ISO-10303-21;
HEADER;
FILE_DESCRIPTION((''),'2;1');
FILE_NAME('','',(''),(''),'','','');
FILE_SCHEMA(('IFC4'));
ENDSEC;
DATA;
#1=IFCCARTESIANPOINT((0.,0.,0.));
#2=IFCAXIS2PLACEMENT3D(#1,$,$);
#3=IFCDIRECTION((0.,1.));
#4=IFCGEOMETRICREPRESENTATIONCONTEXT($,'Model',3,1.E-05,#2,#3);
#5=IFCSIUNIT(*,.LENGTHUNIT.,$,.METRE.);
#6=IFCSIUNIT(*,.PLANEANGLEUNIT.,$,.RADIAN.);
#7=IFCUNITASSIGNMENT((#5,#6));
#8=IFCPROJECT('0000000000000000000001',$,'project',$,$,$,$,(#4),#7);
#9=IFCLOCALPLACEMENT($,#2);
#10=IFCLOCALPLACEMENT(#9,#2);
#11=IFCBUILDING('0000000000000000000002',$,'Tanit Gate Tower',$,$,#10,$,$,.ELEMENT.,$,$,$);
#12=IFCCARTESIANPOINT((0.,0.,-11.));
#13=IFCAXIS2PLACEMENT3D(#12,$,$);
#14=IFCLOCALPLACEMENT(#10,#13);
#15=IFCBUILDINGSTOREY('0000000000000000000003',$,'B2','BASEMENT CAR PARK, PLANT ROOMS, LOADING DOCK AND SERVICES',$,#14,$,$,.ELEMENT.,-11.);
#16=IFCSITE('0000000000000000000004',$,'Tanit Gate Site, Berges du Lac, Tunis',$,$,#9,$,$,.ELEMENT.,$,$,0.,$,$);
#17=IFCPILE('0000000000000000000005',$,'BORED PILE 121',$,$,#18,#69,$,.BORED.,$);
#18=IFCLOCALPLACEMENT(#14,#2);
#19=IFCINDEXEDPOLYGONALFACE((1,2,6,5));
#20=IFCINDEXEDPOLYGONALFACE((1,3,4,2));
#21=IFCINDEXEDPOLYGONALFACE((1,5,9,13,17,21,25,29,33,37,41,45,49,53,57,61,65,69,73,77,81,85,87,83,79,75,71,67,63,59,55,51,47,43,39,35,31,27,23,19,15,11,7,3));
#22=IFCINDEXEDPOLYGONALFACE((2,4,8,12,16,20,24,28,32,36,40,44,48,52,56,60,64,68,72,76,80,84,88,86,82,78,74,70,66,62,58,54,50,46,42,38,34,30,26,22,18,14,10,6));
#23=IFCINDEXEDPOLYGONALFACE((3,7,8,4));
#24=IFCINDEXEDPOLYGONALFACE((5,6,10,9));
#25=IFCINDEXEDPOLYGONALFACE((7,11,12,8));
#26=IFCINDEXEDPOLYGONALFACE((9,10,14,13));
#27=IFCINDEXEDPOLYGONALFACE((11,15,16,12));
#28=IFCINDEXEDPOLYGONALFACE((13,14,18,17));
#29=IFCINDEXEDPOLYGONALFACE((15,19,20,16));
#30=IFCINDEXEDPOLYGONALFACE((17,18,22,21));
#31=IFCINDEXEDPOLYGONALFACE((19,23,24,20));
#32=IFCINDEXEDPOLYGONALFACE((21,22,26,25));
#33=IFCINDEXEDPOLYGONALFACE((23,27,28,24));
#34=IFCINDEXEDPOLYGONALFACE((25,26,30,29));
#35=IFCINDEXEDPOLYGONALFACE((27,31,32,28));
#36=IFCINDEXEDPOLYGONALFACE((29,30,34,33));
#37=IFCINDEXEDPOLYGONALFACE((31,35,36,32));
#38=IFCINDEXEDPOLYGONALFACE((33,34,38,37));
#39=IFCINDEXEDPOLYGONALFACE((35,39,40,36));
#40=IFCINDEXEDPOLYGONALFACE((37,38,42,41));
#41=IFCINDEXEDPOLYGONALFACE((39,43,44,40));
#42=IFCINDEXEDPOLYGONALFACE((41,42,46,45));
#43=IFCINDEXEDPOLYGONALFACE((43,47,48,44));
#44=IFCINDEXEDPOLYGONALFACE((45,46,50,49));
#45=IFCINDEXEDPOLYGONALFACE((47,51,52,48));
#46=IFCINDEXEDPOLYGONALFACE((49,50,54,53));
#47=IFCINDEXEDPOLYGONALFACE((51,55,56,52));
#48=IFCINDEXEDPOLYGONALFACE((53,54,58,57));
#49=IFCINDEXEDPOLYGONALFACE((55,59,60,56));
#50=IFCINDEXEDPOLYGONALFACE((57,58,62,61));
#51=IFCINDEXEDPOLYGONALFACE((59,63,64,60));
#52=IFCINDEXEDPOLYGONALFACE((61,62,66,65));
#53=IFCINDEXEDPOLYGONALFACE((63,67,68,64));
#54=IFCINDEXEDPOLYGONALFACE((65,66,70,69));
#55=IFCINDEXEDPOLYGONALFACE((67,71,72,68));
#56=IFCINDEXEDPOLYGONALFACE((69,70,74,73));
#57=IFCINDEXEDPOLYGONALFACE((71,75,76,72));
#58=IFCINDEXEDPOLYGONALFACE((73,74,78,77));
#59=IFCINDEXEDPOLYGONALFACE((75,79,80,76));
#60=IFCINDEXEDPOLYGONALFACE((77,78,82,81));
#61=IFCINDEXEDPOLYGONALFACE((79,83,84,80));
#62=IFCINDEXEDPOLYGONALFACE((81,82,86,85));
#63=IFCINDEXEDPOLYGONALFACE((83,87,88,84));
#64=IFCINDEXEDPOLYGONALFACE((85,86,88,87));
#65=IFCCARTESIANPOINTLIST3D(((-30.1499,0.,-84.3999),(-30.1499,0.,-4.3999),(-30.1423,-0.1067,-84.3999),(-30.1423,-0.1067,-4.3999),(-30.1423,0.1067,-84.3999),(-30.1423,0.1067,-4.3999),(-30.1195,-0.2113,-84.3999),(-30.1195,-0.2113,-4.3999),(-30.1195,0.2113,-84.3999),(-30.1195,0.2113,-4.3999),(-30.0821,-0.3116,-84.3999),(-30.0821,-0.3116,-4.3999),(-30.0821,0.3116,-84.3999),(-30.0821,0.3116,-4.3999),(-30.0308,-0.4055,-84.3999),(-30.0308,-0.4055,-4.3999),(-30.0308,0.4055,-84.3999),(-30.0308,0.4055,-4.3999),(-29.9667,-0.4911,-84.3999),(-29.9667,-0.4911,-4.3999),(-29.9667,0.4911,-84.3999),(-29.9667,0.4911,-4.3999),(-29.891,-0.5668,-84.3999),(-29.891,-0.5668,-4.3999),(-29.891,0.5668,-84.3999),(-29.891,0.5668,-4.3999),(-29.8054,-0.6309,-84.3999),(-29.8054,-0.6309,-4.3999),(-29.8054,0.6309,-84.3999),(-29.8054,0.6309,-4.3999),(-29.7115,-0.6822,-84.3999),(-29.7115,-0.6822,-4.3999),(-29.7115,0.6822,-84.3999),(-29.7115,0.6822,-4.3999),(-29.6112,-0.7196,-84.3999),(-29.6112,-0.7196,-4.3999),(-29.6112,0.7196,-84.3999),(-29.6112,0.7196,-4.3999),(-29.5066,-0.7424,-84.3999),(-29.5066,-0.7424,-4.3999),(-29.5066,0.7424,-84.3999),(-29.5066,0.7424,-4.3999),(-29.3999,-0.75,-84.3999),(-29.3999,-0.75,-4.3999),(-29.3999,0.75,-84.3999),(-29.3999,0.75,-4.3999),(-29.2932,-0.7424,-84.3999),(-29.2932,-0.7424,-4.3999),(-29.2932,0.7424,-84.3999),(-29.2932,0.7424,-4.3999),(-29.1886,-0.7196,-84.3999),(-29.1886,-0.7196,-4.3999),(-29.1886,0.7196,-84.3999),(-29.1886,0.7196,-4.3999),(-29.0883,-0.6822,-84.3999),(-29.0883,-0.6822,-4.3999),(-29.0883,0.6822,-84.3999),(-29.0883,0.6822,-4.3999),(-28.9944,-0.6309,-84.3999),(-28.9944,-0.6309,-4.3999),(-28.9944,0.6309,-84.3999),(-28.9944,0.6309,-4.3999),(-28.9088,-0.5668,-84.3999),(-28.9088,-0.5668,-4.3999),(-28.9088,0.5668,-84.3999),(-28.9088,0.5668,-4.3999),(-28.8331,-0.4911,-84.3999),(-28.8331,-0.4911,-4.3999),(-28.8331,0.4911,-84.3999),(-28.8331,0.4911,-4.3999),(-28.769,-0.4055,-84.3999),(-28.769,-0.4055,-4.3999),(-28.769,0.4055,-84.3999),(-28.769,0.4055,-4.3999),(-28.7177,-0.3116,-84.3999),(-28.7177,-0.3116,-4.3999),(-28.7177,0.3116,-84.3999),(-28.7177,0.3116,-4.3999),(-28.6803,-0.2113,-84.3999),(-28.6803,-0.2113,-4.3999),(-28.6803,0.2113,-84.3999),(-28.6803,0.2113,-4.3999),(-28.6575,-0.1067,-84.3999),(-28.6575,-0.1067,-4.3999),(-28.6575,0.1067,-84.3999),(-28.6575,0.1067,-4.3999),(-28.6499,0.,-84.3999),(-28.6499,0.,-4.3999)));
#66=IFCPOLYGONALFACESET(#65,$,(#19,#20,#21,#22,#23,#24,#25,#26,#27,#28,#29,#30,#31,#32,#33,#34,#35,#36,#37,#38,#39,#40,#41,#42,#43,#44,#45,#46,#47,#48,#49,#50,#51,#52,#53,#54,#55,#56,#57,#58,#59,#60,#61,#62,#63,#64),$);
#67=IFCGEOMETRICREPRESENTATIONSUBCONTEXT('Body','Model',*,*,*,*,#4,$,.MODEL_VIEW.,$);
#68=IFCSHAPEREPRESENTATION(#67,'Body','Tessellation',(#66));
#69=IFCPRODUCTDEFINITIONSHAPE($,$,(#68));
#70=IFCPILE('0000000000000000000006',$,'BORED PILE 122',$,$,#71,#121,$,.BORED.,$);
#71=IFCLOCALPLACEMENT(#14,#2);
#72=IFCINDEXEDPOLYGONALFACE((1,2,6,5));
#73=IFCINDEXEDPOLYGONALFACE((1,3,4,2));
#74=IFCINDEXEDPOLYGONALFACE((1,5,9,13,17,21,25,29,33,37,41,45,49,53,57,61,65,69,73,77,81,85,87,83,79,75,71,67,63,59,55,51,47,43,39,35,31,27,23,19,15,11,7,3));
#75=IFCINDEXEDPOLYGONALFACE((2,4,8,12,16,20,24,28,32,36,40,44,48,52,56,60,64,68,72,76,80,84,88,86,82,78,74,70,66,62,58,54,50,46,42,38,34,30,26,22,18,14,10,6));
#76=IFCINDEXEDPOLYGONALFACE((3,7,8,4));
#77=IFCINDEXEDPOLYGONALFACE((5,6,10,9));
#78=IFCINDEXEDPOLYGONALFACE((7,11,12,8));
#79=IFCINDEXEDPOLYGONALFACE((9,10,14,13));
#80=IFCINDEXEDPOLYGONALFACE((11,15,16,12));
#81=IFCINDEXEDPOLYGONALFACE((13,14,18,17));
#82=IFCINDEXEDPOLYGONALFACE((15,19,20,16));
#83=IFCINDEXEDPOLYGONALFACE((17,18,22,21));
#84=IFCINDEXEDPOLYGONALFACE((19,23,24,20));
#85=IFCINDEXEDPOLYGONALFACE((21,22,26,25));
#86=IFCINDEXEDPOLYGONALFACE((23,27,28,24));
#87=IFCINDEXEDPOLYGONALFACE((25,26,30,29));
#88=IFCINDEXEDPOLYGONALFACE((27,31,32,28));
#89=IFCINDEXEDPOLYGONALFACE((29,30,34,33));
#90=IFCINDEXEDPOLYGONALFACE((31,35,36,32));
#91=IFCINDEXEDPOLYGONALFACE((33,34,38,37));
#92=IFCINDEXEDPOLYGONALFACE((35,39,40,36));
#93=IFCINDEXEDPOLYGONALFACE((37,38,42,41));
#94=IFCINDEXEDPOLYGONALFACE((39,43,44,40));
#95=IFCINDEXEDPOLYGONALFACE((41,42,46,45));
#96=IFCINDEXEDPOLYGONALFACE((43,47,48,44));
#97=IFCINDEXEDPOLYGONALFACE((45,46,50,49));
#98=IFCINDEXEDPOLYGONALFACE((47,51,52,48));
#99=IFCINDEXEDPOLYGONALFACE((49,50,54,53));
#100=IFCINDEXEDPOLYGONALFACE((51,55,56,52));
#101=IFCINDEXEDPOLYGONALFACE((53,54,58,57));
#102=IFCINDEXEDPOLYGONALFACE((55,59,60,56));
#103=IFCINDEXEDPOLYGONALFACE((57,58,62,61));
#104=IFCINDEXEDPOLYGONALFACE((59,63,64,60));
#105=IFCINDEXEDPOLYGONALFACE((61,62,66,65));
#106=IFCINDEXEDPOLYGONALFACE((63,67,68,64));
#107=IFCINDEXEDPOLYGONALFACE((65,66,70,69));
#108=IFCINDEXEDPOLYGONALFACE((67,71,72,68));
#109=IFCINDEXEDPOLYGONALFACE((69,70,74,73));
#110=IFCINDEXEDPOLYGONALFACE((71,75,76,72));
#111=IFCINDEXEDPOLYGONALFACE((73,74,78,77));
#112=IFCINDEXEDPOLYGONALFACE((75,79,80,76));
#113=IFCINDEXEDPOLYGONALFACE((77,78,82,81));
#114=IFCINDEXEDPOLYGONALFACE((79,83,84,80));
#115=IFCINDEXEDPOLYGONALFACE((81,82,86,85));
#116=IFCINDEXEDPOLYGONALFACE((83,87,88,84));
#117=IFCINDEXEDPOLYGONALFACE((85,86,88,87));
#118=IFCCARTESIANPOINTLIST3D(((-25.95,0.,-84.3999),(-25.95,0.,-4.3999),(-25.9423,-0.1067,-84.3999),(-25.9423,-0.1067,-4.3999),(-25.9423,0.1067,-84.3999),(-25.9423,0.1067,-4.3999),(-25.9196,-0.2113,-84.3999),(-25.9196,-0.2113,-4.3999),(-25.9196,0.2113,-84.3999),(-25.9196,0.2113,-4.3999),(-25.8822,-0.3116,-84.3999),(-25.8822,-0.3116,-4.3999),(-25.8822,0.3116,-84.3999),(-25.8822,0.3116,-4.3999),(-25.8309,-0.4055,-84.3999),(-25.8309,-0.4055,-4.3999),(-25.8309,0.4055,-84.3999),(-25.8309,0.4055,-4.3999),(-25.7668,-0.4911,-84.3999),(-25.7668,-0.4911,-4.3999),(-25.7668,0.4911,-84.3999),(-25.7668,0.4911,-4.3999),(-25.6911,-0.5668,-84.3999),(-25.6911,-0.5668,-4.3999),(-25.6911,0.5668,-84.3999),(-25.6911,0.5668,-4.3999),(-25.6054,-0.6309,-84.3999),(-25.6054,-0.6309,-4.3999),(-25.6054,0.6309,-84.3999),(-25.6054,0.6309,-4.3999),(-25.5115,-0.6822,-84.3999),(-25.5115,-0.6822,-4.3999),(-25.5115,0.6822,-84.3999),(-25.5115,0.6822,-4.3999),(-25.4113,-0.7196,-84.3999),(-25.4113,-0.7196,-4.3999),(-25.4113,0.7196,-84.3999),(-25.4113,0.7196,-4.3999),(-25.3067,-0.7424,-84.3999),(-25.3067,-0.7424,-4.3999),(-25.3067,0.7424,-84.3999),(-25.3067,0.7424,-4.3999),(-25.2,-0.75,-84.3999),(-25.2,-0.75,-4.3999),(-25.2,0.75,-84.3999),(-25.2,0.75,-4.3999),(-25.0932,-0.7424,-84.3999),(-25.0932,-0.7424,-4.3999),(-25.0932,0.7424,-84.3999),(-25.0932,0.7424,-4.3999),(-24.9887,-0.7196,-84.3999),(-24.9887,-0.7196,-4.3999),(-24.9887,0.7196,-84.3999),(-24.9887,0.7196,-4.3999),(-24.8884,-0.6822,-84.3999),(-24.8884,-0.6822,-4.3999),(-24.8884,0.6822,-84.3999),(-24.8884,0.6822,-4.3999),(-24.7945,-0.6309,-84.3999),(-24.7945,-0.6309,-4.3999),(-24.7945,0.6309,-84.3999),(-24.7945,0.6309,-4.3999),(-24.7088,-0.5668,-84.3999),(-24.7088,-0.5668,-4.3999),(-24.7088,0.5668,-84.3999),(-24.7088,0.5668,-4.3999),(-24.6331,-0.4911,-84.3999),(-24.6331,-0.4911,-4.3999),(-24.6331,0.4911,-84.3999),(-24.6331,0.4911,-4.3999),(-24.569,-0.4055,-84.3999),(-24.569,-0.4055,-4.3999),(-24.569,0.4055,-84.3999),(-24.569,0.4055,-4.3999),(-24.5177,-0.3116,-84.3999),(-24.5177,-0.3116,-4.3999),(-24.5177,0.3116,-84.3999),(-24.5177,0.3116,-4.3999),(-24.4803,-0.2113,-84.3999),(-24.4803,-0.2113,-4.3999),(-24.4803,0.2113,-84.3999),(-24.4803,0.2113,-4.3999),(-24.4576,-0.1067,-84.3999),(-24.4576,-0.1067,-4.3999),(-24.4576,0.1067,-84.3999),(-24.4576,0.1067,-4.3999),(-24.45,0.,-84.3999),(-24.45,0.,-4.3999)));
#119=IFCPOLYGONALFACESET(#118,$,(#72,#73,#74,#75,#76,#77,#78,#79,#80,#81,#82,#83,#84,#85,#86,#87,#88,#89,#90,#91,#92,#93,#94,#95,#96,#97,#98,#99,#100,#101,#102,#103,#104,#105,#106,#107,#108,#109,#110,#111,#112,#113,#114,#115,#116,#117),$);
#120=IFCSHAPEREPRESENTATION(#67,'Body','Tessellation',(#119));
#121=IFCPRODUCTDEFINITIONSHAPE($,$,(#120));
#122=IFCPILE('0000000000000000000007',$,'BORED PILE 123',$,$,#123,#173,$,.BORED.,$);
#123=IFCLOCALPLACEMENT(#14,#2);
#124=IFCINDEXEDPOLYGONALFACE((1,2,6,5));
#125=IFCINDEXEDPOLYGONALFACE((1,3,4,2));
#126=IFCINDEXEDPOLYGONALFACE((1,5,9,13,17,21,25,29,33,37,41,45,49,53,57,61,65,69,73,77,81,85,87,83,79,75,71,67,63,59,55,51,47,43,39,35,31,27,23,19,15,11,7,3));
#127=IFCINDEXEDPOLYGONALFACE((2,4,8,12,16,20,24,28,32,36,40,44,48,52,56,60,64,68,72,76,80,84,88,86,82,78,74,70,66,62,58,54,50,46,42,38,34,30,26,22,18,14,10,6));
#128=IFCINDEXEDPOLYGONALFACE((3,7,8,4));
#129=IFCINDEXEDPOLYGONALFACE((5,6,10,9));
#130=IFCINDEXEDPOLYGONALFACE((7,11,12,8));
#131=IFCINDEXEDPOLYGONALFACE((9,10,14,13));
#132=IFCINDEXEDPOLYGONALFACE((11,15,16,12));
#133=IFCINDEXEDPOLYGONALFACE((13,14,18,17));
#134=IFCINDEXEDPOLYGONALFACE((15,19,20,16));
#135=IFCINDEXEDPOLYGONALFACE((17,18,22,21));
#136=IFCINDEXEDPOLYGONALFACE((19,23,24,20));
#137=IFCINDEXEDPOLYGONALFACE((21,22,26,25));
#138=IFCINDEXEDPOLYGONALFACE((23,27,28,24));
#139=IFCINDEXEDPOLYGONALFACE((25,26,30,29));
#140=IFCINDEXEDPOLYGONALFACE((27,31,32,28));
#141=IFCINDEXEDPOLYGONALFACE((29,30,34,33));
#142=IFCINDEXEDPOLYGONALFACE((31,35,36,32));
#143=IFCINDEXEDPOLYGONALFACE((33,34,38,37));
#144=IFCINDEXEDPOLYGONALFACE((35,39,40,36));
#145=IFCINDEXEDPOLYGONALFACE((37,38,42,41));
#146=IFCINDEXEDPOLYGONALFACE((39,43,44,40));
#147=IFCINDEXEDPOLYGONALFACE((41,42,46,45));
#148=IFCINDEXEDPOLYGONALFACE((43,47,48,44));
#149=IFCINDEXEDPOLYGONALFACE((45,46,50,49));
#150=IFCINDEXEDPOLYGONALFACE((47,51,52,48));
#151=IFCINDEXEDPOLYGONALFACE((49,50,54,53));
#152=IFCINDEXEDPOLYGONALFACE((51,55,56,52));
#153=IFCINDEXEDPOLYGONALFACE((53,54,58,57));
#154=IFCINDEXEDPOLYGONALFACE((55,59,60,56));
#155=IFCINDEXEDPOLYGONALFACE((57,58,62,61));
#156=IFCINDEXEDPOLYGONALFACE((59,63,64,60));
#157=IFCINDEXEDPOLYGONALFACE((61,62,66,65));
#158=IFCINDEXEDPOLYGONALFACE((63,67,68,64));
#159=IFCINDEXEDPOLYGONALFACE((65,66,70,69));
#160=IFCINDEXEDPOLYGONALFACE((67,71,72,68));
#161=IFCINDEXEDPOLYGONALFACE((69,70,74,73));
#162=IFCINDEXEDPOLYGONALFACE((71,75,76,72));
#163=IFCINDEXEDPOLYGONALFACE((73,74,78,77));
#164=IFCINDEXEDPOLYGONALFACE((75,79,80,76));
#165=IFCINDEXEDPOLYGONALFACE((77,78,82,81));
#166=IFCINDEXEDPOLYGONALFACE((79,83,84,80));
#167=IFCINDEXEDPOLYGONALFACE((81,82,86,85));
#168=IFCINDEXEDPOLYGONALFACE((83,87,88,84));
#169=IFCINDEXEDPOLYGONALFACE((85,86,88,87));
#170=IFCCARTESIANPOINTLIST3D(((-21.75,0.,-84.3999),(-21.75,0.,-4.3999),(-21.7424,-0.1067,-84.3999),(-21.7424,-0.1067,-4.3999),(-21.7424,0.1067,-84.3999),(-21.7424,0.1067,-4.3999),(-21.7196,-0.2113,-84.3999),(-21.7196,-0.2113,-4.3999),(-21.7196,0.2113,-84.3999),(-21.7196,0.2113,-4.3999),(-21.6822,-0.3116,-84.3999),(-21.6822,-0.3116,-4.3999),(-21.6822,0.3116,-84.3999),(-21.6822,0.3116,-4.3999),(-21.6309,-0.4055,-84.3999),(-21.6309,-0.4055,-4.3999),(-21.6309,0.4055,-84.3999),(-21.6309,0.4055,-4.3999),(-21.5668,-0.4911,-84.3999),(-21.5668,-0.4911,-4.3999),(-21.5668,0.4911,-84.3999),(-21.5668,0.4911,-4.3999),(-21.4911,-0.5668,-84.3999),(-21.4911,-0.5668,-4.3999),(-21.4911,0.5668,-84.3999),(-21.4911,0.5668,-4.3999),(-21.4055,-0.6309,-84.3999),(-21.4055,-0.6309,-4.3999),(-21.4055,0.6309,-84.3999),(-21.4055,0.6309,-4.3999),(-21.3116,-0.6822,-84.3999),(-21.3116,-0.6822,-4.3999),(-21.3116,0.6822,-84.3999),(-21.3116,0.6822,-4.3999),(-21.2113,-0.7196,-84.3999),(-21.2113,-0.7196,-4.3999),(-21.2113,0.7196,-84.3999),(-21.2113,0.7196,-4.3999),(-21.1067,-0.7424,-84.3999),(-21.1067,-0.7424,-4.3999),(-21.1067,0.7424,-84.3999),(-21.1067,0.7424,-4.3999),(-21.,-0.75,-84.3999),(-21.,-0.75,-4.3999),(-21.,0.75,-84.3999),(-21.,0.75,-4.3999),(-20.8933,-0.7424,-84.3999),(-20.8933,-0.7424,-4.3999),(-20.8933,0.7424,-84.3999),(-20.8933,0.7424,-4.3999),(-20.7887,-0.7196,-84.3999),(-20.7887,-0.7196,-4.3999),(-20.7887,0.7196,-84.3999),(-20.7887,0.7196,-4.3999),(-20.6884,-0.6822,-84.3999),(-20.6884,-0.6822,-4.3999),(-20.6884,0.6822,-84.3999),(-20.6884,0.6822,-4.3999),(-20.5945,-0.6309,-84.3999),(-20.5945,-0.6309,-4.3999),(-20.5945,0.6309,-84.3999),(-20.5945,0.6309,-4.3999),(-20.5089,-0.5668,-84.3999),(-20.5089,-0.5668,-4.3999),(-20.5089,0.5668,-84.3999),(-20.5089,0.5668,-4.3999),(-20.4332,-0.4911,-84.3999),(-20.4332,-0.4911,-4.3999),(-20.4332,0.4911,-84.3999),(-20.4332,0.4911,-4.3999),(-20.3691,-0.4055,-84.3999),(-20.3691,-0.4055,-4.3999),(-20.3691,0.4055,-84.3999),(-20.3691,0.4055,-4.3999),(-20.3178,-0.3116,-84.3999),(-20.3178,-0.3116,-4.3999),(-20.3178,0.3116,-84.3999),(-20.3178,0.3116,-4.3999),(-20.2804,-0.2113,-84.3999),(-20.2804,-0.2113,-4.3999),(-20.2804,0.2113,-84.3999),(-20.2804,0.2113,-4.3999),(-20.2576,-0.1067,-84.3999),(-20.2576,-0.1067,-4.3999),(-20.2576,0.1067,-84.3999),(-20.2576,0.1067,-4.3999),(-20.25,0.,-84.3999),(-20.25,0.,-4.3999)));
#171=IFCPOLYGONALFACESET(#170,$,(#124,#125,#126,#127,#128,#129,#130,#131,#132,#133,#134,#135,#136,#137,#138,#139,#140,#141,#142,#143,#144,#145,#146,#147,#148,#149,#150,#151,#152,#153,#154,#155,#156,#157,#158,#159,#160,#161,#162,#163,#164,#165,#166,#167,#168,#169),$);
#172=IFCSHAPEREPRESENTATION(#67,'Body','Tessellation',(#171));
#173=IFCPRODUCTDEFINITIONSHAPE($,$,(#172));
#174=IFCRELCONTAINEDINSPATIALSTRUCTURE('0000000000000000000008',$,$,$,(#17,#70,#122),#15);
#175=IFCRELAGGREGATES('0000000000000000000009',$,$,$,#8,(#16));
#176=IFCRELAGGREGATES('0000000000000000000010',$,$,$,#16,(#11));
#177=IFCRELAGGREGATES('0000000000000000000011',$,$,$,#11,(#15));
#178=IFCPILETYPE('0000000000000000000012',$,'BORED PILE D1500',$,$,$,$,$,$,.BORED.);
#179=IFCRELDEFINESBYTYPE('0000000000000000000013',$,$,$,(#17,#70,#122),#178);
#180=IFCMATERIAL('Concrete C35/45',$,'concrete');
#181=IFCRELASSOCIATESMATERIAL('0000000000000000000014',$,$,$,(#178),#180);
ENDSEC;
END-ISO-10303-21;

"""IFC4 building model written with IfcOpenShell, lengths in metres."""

from ifc_helpers import new_model, si_unit, direction, frame, origin, origin_2d, place, context, subcontext, project, spatial, circle, extrude, material, material_profile, profile_set, type_object, element, save


model = new_model("IFC4")

# Units and contexts
model_context = context("Model", 3, precision=1e-05, world=origin(), true_north=direction((0.0, 1.0)))
body_context = subcontext(model_context, "Body", "Model", "MODEL_VIEW")
ifc_project = project(units=[si_unit("LENGTHUNIT", "METRE"), si_unit("PLANEANGLEUNIT", "RADIAN")], contexts=[model_context])

# Site, building, storey
site_placement = place(None, origin())
site = spatial("IfcSite", under=ifc_project, at=site_placement, Name="Tanit Gate Site, Berges du Lac, Tunis", CompositionType="ELEMENT", RefElevation=0.0)
building_placement = place(site_placement, origin())
building = spatial("IfcBuilding", under=site, at=building_placement, Name="Tanit Gate Tower", CompositionType="ELEMENT")
storey_placement = place(building_placement, frame((0.0, 0.0, -11.0)))
storey = spatial("IfcBuildingStorey", under=building, at=storey_placement, Name="B2", Description="BASEMENT CAR PARK, PLANT ROOMS, LOADING DOCK AND SERVICES", CompositionType="ELEMENT", Elevation=-11.0)

# Piles
ifc_material_1 = material(Name="Concrete C35/45", Category="concrete")
ifc_material_profile_1 = material_profile(ifc_material_1, circle(Radius=0.75, at=origin_2d()), Name="BORED PILE D1500 C35/45")
ifc_profile_set_1 = profile_set([ifc_material_profile_1], Name="Concrete C35/45")
pile_type = type_object("IfcPileType", Name="BORED PILE D1500", PredefinedType="BORED", material=ifc_profile_set_1)
for number, where, z_axis, x_axis, name in (
    (1, (-29.3999, 0.0, -4.3999), (0.0, 0.0, -1.0), (1.0, 0.0, 0.0), "BORED PILE 121"),
    (2, (-25.2, 0.0, -4.3999), (0.0, 0.0, -1.0), (1.0, 0.0, 0.0), "BORED PILE 122"),
    (3, (-21.0, 0.0, -4.3999), (0.0, 0.0, -1.0), (1.0, 0.0, 0.0), "BORED PILE 123"),
):
    element("IfcPile", number, at=place(storey_placement, frame(where, z_axis=z_axis, x_axis=x_axis)), inside=storey, type_object=pile_type, Name=name, PredefinedType="BORED", context=body_context, shape_type="SweptSolid", body=[
        extrude(circle(Radius=0.75, at=origin_2d()), origin(), (0.0, 0.0, 1.0), 80.0),
    ])

save(model, "model.ifc")
